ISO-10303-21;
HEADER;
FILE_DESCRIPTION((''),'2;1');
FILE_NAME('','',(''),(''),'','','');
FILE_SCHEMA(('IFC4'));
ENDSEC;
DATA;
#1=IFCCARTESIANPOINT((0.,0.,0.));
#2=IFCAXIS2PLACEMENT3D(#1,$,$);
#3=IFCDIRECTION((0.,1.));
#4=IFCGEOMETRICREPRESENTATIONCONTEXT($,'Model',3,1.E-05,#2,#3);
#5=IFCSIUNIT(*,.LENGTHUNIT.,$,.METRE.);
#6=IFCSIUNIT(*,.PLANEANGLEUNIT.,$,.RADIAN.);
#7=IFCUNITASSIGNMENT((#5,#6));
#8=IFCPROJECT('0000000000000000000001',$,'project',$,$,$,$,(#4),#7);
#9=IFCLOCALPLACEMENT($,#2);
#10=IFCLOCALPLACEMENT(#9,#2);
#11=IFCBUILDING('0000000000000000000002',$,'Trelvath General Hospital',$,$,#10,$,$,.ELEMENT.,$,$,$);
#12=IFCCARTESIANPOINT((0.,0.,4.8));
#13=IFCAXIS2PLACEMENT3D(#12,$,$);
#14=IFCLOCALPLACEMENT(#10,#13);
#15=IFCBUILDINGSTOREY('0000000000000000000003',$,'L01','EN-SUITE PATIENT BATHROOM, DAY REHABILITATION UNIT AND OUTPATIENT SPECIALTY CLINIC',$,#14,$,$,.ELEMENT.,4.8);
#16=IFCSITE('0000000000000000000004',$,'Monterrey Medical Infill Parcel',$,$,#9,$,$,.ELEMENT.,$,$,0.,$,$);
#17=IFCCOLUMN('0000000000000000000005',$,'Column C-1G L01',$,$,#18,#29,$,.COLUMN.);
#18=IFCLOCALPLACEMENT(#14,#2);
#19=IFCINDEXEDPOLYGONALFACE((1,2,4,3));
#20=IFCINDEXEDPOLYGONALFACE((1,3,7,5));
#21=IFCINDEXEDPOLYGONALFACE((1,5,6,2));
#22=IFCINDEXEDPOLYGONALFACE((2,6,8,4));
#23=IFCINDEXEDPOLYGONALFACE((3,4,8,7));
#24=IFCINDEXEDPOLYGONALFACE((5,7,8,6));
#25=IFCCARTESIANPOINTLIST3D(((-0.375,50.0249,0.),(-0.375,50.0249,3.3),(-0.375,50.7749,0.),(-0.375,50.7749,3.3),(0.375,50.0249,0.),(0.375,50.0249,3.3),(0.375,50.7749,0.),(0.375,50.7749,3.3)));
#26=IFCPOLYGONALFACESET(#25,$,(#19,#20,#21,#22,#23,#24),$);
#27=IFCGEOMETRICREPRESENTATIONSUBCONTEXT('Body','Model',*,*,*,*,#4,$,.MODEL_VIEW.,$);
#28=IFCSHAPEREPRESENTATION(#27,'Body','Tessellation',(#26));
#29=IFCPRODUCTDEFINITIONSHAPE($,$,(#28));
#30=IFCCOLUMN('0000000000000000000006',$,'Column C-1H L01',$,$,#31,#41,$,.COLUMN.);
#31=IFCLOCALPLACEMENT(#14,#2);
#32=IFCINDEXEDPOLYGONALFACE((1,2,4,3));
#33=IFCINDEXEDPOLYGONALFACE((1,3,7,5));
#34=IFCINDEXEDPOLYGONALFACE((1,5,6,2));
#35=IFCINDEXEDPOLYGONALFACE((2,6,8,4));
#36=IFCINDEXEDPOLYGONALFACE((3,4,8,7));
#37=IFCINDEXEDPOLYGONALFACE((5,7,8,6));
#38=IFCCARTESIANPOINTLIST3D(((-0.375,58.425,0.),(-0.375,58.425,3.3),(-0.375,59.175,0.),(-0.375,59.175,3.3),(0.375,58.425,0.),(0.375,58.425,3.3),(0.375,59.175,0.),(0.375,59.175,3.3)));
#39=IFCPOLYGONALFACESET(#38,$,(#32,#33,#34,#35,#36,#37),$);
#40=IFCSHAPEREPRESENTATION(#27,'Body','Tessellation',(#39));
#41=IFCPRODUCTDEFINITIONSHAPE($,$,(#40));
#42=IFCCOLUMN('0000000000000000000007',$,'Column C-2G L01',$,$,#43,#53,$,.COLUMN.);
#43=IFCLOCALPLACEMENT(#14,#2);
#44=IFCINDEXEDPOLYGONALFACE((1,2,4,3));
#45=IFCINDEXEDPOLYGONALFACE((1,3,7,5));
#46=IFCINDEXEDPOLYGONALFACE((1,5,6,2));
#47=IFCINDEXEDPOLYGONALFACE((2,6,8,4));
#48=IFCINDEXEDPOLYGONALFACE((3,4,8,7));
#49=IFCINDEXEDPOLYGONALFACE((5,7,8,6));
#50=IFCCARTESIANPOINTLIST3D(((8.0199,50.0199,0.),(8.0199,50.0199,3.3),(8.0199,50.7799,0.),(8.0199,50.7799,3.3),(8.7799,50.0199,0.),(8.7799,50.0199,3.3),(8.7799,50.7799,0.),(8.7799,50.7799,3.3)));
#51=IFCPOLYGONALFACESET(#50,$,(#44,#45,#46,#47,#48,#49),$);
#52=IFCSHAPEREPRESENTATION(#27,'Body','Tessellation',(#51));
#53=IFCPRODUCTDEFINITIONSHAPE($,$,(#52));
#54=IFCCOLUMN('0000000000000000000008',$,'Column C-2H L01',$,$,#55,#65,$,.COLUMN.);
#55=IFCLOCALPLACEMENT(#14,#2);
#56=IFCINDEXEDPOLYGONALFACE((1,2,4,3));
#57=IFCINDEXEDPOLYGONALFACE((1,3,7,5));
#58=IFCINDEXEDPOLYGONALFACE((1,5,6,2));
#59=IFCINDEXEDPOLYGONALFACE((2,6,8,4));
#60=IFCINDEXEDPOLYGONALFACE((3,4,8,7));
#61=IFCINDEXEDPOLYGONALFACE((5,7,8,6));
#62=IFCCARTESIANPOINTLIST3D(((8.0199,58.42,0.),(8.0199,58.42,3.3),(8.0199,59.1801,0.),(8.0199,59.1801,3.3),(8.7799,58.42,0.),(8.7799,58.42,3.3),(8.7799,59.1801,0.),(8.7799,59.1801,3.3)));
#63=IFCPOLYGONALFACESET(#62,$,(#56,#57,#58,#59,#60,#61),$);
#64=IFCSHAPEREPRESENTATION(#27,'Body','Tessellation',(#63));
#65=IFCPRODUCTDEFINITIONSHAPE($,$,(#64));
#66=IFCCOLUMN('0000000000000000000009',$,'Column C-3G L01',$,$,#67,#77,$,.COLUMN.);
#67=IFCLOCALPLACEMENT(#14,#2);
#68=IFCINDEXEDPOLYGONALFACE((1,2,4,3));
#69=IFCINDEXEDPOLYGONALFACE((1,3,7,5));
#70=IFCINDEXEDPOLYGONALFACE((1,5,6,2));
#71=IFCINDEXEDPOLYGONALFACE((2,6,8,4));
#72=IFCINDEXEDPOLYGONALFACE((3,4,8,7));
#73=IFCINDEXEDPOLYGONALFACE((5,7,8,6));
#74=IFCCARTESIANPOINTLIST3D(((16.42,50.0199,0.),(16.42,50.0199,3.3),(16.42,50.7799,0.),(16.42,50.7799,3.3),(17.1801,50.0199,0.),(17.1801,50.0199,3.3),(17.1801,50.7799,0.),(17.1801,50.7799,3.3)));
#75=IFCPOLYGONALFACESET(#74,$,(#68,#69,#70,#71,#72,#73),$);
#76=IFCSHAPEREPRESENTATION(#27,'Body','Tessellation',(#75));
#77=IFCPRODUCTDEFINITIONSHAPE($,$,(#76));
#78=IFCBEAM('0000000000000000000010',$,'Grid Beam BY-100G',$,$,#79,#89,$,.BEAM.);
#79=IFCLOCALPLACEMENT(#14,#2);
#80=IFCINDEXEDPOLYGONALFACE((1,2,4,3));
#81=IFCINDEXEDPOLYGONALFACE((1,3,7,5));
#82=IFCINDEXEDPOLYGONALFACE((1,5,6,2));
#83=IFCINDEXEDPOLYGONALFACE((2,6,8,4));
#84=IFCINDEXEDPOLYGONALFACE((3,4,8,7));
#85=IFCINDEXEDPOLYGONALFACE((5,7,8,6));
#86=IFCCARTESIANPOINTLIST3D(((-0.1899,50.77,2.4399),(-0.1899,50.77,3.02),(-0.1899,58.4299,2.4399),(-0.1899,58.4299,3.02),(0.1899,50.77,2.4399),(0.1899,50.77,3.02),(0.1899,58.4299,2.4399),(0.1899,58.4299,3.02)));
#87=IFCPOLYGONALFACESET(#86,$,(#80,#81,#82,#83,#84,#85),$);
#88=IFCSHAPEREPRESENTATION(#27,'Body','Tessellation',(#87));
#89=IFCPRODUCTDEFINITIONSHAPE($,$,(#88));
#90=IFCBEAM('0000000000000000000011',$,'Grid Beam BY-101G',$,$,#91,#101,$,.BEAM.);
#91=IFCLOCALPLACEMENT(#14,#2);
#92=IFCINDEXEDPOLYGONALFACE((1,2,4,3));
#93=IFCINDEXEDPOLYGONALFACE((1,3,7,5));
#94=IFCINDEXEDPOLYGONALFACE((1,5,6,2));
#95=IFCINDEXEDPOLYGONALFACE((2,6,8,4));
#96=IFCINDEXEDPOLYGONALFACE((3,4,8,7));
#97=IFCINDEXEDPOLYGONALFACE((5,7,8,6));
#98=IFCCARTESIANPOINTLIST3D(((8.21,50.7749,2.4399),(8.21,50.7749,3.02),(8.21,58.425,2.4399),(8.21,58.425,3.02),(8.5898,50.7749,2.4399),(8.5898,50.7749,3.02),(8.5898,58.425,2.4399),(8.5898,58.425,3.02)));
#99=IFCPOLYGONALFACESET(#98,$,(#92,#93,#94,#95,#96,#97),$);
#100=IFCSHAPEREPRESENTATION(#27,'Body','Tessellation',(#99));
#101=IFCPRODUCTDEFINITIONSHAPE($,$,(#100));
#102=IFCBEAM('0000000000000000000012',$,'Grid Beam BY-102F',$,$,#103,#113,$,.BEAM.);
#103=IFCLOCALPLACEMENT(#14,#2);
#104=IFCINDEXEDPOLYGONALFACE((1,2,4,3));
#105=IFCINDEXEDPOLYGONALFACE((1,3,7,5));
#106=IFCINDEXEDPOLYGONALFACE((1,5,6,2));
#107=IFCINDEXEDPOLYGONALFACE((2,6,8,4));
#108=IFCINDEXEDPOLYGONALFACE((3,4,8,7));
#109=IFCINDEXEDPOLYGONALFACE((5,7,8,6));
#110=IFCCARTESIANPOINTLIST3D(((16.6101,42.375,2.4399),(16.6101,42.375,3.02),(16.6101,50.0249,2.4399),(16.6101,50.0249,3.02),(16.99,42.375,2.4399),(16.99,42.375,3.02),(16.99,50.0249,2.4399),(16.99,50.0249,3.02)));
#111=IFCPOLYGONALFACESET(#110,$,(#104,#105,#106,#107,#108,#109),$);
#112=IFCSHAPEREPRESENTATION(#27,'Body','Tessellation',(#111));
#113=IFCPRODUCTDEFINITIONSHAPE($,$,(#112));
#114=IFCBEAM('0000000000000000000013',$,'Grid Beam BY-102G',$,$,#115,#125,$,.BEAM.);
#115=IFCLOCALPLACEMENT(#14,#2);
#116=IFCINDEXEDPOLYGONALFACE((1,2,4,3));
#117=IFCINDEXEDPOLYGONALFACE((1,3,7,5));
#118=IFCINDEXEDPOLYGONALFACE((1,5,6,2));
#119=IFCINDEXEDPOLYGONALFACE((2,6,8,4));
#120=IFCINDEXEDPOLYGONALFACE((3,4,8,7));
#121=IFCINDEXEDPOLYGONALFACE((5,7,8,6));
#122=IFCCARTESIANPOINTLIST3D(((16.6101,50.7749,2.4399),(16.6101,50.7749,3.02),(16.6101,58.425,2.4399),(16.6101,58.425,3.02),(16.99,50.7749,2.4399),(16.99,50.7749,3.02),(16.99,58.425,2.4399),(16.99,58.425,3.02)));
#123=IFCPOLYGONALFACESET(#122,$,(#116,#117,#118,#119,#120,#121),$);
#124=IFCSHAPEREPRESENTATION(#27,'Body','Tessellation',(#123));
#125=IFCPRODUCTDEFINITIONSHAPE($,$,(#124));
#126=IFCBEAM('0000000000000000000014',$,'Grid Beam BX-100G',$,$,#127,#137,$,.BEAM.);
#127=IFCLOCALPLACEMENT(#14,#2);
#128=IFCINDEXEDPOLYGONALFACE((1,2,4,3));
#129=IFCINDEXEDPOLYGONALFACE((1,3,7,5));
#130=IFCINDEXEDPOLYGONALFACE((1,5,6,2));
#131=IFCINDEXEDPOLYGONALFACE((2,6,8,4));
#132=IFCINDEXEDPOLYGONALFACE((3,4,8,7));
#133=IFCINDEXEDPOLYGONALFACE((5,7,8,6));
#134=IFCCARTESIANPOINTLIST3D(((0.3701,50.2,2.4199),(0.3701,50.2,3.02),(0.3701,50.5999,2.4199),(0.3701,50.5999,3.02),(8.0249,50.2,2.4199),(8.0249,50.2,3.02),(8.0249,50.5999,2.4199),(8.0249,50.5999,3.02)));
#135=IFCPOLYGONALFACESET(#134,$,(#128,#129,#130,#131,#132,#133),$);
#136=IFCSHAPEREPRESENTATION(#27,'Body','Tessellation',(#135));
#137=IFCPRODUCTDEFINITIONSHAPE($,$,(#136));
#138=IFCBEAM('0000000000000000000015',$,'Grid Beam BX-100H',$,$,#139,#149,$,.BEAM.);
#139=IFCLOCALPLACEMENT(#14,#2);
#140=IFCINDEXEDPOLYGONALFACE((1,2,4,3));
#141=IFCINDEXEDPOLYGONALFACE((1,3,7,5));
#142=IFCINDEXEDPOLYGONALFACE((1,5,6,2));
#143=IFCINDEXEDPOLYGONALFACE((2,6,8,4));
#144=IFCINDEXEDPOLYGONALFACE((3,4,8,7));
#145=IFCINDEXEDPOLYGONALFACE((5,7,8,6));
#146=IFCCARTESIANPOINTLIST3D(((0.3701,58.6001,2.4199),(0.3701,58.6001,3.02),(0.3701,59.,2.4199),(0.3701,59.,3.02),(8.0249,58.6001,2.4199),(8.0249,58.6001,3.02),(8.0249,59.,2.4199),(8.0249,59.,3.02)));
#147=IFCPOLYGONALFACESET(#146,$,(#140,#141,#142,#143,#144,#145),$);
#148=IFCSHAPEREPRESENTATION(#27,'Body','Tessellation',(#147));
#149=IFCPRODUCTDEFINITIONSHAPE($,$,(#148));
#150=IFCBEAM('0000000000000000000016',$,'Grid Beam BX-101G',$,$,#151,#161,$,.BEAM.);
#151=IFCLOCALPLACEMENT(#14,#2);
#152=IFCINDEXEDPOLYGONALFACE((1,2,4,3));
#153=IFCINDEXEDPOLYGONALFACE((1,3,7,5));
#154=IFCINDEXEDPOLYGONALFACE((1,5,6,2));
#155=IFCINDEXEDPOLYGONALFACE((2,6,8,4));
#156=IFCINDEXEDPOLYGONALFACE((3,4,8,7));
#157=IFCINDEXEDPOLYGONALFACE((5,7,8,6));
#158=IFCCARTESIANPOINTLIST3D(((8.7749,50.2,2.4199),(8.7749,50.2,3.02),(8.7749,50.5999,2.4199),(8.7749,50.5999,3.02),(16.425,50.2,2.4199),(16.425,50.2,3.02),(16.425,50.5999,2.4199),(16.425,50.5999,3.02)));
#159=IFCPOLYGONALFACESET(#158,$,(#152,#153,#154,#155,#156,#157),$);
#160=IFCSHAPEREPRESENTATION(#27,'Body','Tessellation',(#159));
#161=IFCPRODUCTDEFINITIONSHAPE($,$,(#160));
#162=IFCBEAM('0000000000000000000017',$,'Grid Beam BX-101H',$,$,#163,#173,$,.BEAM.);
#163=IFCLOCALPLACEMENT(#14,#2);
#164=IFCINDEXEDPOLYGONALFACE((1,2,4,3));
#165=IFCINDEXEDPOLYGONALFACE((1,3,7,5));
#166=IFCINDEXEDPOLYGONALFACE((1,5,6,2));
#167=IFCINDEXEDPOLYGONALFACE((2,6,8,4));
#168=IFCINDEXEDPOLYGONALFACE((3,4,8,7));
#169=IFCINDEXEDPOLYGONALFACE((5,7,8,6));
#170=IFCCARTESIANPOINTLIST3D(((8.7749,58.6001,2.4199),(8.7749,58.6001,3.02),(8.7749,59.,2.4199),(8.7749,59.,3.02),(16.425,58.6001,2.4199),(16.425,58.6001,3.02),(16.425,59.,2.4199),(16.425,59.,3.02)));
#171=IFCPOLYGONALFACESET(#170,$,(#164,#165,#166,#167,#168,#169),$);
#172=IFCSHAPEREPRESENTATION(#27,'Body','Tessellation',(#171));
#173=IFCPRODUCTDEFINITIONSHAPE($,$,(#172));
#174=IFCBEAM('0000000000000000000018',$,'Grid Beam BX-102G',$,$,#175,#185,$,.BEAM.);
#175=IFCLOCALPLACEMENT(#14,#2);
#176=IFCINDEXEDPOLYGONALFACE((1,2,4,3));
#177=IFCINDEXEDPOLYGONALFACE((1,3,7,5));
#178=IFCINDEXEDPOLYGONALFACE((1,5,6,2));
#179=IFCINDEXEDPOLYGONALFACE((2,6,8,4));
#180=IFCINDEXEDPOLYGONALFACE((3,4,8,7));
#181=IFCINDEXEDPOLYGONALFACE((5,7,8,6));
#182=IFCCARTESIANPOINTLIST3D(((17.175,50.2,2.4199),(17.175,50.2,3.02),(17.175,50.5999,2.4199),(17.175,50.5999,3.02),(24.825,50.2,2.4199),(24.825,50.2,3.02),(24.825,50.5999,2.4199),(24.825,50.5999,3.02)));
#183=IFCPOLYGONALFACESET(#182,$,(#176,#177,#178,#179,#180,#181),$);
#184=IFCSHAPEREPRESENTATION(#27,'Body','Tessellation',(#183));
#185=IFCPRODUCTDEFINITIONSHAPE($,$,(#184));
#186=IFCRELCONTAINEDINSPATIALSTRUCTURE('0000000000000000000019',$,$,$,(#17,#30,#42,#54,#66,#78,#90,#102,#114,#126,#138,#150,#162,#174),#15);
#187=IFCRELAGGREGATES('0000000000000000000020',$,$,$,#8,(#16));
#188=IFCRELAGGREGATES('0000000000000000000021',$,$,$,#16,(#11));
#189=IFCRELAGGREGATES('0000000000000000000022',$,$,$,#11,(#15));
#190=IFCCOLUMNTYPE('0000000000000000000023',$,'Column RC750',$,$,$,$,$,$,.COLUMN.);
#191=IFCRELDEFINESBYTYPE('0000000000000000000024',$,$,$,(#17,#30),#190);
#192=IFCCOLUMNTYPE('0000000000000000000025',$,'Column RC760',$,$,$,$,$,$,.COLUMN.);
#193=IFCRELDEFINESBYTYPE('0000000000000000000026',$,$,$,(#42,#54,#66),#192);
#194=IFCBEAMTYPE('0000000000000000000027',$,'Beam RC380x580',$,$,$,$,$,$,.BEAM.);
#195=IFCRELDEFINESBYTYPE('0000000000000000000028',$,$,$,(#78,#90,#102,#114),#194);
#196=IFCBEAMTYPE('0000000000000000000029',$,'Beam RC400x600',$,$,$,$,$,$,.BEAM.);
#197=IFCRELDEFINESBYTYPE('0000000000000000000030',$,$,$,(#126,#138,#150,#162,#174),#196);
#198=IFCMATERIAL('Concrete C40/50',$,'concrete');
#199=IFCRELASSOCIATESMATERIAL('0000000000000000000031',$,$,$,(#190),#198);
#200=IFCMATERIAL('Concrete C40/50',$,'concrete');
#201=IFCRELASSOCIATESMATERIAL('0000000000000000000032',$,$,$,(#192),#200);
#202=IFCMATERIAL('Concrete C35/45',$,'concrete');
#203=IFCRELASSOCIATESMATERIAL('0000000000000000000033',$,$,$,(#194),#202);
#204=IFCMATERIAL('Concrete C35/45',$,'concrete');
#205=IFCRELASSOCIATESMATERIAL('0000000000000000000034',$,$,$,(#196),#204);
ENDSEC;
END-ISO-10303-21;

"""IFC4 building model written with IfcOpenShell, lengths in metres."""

from ifc_helpers import new_model, si_unit, direction, frame, origin, origin_2d, place, context, subcontext, project, spatial, rectangle, extrude, material, material_profile, profile_set, type_object, element, save


model = new_model("IFC4")

# Units and contexts
model_context = context("Model", 3, precision=1e-05, world=origin(), true_north=direction((0.0, 1.0)))
body_context = subcontext(model_context, "Body", "Model", "MODEL_VIEW")
ifc_project = project(units=[si_unit("LENGTHUNIT", "METRE"), si_unit("PLANEANGLEUNIT", "RADIAN")], contexts=[model_context])

# Site, building, storey
site_placement = place(None, origin())
site = spatial("IfcSite", under=ifc_project, at=site_placement, Name="Monterrey Medical Infill Parcel", CompositionType="ELEMENT", RefElevation=0.0)
building_placement = place(site_placement, origin())
building = spatial("IfcBuilding", under=site, at=building_placement, Name="Trelvath General Hospital", CompositionType="ELEMENT")
storey_placement = place(building_placement, frame((0.0, 0.0, 4.8)))
storey = spatial("IfcBuildingStorey", under=building, at=storey_placement, Name="L01", Description="EN-SUITE PATIENT BATHROOM, DAY REHABILITATION UNIT AND OUTPATIENT SPECIALTY CLINIC", CompositionType="ELEMENT", Elevation=4.8)

# Columns
ifc_material_1 = material(Name="Concrete C40/50", Category="concrete")
ifc_material_profile_1 = material_profile(ifc_material_1, rectangle(XDim=0.75, YDim=0.75, at=origin_2d()), Name="RC750x750")
ifc_profile_set_1 = profile_set([ifc_material_profile_1], Name="Concrete C40/50")
column_type_1 = type_object("IfcColumnType", Name="Column RC750", PredefinedType="COLUMN", material=ifc_profile_set_1)
for number, where, z_axis, x_axis, name in (
    (1, (0.0, 50.3999, 0.0), (0.0, 0.0, 1.0), (1.0, 0.0, 0.0), "Column C-1G L01"),
    (2, (0.0, 58.8, 0.0), (0.0, 0.0, 1.0), (1.0, 0.0, 0.0), "Column C-1H L01"),
):
    element("IfcColumn", number, at=place(storey_placement, frame(where, z_axis=z_axis, x_axis=x_axis)), inside=storey, type_object=column_type_1, Name=name, PredefinedType="COLUMN", context=body_context, shape_type="SweptSolid", body=[
        extrude(rectangle(XDim=0.75, YDim=0.75, at=origin_2d()), origin(), (0.0, 0.0, 1.0), 3.3),
    ])
ifc_material_2 = material(Name="Concrete C40/50", Category="concrete")
ifc_material_profile_2 = material_profile(ifc_material_2, rectangle(XDim=0.76, YDim=0.76, at=origin_2d()), Name="RC760x760")
ifc_profile_set_2 = profile_set([ifc_material_profile_2], Name="Concrete C40/50")
column_type_2 = type_object("IfcColumnType", Name="Column RC760", PredefinedType="COLUMN", material=ifc_profile_set_2)
for number, where, z_axis, x_axis, name in (
    (3, (8.3999, 50.3999, 0.0), (0.0, 0.0, 1.0), (1.0, 0.0, 0.0), "Column C-2G L01"),
    (4, (8.3999, 58.8, 0.0), (0.0, 0.0, 1.0), (1.0, 0.0, 0.0), "Column C-2H L01"),
    (5, (16.8, 50.3999, 0.0), (0.0, 0.0, 1.0), (1.0, 0.0, 0.0), "Column C-3G L01"),
):
    element("IfcColumn", number, at=place(storey_placement, frame(where, z_axis=z_axis, x_axis=x_axis)), inside=storey, type_object=column_type_2, Name=name, PredefinedType="COLUMN", context=body_context, shape_type="SweptSolid", body=[
        extrude(rectangle(XDim=0.76, YDim=0.76, at=origin_2d()), origin(), (0.0, 0.0, 1.0), 3.3),
    ])

# Beams
ifc_material_3 = material(Name="Concrete C35/45", Category="concrete")
ifc_material_profile_3 = material_profile(ifc_material_3, rectangle(XDim=0.3799, YDim=0.5801, at=origin_2d()), Name="RCB380x580")
ifc_profile_set_3 = profile_set([ifc_material_profile_3], Name="Concrete C35/45")
beam_type_1 = type_object("IfcBeamType", Name="Beam RC380x580", PredefinedType="BEAM", material=ifc_profile_set_3)
beam_1_placement = place(storey_placement, frame((0.0, 50.77, 2.73), z_axis=(0.0, 1.0, 0.0), x_axis=(-1.0, 0.0, 0.0)))
element("IfcBeam", 6, at=beam_1_placement, inside=storey, type_object=beam_type_1, Name="Grid Beam BY-100G", PredefinedType="BEAM", context=body_context, shape_type="SweptSolid", body=[
    extrude(rectangle(XDim=0.3799, YDim=0.5801, at=origin_2d()), origin(), (0.0, 0.0, 1.0), 7.6599),
])
beam_2_placement = place(storey_placement, frame((8.3999, 50.7749, 2.73), z_axis=(0.0, 1.0, 0.0), x_axis=(-1.0, 0.0, 0.0)))
element("IfcBeam", 7, at=beam_2_placement, inside=storey, type_object=beam_type_1, Name="Grid Beam BY-101G", PredefinedType="BEAM", context=body_context, shape_type="SweptSolid", body=[
    extrude(rectangle(XDim=0.3799, YDim=0.5801, at=origin_2d()), origin(), (0.0, 0.0, 1.0), 7.6501),
])
beam_3_placement = place(storey_placement, frame((16.8, 42.375, 2.73), z_axis=(0.0, 1.0, 0.0), x_axis=(-1.0, 0.0, 0.0)))
element("IfcBeam", 8, at=beam_3_placement, inside=storey, type_object=beam_type_1, Name="Grid Beam BY-102F", PredefinedType="BEAM", context=body_context, shape_type="SweptSolid", body=[
    extrude(rectangle(XDim=0.3799, YDim=0.5801, at=origin_2d()), origin(), (0.0, 0.0, 1.0), 7.6499),
])
beam_4_placement = place(storey_placement, frame((16.8, 50.7749, 2.73), z_axis=(0.0, 1.0, 0.0), x_axis=(-1.0, 0.0, 0.0)))
element("IfcBeam", 9, at=beam_4_placement, inside=storey, type_object=beam_type_1, Name="Grid Beam BY-102G", PredefinedType="BEAM", context=body_context, shape_type="SweptSolid", body=[
    extrude(rectangle(XDim=0.3799, YDim=0.5801, at=origin_2d()), origin(), (0.0, 0.0, 1.0), 7.6501),
])
ifc_material_4 = material(Name="Concrete C35/45", Category="concrete")
ifc_material_profile_4 = material_profile(ifc_material_4, rectangle(XDim=0.3999, YDim=0.6001, at=origin_2d()), Name="RCB400x600")
ifc_profile_set_4 = profile_set([ifc_material_profile_4], Name="Concrete C35/45")
beam_type_2 = type_object("IfcBeamType", Name="Beam RC400x600", PredefinedType="BEAM", material=ifc_profile_set_4)
for number, where, z_axis, x_axis, name in (
    (10, (0.3701, 50.3999, 2.72), (1.0, 0.0, 0.0), (0.0, 1.0, 0.0), "Grid Beam BX-100G"),
    (11, (0.3701, 58.8, 2.72), (1.0, 0.0, 0.0), (0.0, 1.0, 0.0), "Grid Beam BX-100H"),
):
    element("IfcBeam", number, at=place(storey_placement, frame(where, z_axis=z_axis, x_axis=x_axis)), inside=storey, type_object=beam_type_2, Name=name, PredefinedType="BEAM", context=body_context, shape_type="SweptSolid", body=[
        extrude(rectangle(XDim=0.3999, YDim=0.6001, at=origin_2d()), origin(), (0.0, 0.0, 1.0), 7.6548),
    ])
for number, where, z_axis, x_axis, name in (
    (12, (8.7749, 50.3999, 2.72), (1.0, 0.0, 0.0), (0.0, 1.0, 0.0), "Grid Beam BX-101G"),
    (13, (8.7749, 58.8, 2.72), (1.0, 0.0, 0.0), (0.0, 1.0, 0.0), "Grid Beam BX-101H"),
):
    element("IfcBeam", number, at=place(storey_placement, frame(where, z_axis=z_axis, x_axis=x_axis)), inside=storey, type_object=beam_type_2, Name=name, PredefinedType="BEAM", context=body_context, shape_type="SweptSolid", body=[
        extrude(rectangle(XDim=0.3999, YDim=0.6001, at=origin_2d()), origin(), (0.0, 0.0, 1.0), 7.6501),
    ])
beam_5_placement = place(storey_placement, frame((17.175, 50.3999, 2.72), z_axis=(1.0, 0.0, 0.0), x_axis=(0.0, 1.0, 0.0)))
element("IfcBeam", 14, at=beam_5_placement, inside=storey, type_object=beam_type_2, Name="Grid Beam BX-102G", PredefinedType="BEAM", context=body_context, shape_type="SweptSolid", body=[
    extrude(rectangle(XDim=0.3999, YDim=0.6001, at=origin_2d()), origin(), (0.0, 0.0, 1.0), 7.6499),
])

save(model, "model.ifc")
